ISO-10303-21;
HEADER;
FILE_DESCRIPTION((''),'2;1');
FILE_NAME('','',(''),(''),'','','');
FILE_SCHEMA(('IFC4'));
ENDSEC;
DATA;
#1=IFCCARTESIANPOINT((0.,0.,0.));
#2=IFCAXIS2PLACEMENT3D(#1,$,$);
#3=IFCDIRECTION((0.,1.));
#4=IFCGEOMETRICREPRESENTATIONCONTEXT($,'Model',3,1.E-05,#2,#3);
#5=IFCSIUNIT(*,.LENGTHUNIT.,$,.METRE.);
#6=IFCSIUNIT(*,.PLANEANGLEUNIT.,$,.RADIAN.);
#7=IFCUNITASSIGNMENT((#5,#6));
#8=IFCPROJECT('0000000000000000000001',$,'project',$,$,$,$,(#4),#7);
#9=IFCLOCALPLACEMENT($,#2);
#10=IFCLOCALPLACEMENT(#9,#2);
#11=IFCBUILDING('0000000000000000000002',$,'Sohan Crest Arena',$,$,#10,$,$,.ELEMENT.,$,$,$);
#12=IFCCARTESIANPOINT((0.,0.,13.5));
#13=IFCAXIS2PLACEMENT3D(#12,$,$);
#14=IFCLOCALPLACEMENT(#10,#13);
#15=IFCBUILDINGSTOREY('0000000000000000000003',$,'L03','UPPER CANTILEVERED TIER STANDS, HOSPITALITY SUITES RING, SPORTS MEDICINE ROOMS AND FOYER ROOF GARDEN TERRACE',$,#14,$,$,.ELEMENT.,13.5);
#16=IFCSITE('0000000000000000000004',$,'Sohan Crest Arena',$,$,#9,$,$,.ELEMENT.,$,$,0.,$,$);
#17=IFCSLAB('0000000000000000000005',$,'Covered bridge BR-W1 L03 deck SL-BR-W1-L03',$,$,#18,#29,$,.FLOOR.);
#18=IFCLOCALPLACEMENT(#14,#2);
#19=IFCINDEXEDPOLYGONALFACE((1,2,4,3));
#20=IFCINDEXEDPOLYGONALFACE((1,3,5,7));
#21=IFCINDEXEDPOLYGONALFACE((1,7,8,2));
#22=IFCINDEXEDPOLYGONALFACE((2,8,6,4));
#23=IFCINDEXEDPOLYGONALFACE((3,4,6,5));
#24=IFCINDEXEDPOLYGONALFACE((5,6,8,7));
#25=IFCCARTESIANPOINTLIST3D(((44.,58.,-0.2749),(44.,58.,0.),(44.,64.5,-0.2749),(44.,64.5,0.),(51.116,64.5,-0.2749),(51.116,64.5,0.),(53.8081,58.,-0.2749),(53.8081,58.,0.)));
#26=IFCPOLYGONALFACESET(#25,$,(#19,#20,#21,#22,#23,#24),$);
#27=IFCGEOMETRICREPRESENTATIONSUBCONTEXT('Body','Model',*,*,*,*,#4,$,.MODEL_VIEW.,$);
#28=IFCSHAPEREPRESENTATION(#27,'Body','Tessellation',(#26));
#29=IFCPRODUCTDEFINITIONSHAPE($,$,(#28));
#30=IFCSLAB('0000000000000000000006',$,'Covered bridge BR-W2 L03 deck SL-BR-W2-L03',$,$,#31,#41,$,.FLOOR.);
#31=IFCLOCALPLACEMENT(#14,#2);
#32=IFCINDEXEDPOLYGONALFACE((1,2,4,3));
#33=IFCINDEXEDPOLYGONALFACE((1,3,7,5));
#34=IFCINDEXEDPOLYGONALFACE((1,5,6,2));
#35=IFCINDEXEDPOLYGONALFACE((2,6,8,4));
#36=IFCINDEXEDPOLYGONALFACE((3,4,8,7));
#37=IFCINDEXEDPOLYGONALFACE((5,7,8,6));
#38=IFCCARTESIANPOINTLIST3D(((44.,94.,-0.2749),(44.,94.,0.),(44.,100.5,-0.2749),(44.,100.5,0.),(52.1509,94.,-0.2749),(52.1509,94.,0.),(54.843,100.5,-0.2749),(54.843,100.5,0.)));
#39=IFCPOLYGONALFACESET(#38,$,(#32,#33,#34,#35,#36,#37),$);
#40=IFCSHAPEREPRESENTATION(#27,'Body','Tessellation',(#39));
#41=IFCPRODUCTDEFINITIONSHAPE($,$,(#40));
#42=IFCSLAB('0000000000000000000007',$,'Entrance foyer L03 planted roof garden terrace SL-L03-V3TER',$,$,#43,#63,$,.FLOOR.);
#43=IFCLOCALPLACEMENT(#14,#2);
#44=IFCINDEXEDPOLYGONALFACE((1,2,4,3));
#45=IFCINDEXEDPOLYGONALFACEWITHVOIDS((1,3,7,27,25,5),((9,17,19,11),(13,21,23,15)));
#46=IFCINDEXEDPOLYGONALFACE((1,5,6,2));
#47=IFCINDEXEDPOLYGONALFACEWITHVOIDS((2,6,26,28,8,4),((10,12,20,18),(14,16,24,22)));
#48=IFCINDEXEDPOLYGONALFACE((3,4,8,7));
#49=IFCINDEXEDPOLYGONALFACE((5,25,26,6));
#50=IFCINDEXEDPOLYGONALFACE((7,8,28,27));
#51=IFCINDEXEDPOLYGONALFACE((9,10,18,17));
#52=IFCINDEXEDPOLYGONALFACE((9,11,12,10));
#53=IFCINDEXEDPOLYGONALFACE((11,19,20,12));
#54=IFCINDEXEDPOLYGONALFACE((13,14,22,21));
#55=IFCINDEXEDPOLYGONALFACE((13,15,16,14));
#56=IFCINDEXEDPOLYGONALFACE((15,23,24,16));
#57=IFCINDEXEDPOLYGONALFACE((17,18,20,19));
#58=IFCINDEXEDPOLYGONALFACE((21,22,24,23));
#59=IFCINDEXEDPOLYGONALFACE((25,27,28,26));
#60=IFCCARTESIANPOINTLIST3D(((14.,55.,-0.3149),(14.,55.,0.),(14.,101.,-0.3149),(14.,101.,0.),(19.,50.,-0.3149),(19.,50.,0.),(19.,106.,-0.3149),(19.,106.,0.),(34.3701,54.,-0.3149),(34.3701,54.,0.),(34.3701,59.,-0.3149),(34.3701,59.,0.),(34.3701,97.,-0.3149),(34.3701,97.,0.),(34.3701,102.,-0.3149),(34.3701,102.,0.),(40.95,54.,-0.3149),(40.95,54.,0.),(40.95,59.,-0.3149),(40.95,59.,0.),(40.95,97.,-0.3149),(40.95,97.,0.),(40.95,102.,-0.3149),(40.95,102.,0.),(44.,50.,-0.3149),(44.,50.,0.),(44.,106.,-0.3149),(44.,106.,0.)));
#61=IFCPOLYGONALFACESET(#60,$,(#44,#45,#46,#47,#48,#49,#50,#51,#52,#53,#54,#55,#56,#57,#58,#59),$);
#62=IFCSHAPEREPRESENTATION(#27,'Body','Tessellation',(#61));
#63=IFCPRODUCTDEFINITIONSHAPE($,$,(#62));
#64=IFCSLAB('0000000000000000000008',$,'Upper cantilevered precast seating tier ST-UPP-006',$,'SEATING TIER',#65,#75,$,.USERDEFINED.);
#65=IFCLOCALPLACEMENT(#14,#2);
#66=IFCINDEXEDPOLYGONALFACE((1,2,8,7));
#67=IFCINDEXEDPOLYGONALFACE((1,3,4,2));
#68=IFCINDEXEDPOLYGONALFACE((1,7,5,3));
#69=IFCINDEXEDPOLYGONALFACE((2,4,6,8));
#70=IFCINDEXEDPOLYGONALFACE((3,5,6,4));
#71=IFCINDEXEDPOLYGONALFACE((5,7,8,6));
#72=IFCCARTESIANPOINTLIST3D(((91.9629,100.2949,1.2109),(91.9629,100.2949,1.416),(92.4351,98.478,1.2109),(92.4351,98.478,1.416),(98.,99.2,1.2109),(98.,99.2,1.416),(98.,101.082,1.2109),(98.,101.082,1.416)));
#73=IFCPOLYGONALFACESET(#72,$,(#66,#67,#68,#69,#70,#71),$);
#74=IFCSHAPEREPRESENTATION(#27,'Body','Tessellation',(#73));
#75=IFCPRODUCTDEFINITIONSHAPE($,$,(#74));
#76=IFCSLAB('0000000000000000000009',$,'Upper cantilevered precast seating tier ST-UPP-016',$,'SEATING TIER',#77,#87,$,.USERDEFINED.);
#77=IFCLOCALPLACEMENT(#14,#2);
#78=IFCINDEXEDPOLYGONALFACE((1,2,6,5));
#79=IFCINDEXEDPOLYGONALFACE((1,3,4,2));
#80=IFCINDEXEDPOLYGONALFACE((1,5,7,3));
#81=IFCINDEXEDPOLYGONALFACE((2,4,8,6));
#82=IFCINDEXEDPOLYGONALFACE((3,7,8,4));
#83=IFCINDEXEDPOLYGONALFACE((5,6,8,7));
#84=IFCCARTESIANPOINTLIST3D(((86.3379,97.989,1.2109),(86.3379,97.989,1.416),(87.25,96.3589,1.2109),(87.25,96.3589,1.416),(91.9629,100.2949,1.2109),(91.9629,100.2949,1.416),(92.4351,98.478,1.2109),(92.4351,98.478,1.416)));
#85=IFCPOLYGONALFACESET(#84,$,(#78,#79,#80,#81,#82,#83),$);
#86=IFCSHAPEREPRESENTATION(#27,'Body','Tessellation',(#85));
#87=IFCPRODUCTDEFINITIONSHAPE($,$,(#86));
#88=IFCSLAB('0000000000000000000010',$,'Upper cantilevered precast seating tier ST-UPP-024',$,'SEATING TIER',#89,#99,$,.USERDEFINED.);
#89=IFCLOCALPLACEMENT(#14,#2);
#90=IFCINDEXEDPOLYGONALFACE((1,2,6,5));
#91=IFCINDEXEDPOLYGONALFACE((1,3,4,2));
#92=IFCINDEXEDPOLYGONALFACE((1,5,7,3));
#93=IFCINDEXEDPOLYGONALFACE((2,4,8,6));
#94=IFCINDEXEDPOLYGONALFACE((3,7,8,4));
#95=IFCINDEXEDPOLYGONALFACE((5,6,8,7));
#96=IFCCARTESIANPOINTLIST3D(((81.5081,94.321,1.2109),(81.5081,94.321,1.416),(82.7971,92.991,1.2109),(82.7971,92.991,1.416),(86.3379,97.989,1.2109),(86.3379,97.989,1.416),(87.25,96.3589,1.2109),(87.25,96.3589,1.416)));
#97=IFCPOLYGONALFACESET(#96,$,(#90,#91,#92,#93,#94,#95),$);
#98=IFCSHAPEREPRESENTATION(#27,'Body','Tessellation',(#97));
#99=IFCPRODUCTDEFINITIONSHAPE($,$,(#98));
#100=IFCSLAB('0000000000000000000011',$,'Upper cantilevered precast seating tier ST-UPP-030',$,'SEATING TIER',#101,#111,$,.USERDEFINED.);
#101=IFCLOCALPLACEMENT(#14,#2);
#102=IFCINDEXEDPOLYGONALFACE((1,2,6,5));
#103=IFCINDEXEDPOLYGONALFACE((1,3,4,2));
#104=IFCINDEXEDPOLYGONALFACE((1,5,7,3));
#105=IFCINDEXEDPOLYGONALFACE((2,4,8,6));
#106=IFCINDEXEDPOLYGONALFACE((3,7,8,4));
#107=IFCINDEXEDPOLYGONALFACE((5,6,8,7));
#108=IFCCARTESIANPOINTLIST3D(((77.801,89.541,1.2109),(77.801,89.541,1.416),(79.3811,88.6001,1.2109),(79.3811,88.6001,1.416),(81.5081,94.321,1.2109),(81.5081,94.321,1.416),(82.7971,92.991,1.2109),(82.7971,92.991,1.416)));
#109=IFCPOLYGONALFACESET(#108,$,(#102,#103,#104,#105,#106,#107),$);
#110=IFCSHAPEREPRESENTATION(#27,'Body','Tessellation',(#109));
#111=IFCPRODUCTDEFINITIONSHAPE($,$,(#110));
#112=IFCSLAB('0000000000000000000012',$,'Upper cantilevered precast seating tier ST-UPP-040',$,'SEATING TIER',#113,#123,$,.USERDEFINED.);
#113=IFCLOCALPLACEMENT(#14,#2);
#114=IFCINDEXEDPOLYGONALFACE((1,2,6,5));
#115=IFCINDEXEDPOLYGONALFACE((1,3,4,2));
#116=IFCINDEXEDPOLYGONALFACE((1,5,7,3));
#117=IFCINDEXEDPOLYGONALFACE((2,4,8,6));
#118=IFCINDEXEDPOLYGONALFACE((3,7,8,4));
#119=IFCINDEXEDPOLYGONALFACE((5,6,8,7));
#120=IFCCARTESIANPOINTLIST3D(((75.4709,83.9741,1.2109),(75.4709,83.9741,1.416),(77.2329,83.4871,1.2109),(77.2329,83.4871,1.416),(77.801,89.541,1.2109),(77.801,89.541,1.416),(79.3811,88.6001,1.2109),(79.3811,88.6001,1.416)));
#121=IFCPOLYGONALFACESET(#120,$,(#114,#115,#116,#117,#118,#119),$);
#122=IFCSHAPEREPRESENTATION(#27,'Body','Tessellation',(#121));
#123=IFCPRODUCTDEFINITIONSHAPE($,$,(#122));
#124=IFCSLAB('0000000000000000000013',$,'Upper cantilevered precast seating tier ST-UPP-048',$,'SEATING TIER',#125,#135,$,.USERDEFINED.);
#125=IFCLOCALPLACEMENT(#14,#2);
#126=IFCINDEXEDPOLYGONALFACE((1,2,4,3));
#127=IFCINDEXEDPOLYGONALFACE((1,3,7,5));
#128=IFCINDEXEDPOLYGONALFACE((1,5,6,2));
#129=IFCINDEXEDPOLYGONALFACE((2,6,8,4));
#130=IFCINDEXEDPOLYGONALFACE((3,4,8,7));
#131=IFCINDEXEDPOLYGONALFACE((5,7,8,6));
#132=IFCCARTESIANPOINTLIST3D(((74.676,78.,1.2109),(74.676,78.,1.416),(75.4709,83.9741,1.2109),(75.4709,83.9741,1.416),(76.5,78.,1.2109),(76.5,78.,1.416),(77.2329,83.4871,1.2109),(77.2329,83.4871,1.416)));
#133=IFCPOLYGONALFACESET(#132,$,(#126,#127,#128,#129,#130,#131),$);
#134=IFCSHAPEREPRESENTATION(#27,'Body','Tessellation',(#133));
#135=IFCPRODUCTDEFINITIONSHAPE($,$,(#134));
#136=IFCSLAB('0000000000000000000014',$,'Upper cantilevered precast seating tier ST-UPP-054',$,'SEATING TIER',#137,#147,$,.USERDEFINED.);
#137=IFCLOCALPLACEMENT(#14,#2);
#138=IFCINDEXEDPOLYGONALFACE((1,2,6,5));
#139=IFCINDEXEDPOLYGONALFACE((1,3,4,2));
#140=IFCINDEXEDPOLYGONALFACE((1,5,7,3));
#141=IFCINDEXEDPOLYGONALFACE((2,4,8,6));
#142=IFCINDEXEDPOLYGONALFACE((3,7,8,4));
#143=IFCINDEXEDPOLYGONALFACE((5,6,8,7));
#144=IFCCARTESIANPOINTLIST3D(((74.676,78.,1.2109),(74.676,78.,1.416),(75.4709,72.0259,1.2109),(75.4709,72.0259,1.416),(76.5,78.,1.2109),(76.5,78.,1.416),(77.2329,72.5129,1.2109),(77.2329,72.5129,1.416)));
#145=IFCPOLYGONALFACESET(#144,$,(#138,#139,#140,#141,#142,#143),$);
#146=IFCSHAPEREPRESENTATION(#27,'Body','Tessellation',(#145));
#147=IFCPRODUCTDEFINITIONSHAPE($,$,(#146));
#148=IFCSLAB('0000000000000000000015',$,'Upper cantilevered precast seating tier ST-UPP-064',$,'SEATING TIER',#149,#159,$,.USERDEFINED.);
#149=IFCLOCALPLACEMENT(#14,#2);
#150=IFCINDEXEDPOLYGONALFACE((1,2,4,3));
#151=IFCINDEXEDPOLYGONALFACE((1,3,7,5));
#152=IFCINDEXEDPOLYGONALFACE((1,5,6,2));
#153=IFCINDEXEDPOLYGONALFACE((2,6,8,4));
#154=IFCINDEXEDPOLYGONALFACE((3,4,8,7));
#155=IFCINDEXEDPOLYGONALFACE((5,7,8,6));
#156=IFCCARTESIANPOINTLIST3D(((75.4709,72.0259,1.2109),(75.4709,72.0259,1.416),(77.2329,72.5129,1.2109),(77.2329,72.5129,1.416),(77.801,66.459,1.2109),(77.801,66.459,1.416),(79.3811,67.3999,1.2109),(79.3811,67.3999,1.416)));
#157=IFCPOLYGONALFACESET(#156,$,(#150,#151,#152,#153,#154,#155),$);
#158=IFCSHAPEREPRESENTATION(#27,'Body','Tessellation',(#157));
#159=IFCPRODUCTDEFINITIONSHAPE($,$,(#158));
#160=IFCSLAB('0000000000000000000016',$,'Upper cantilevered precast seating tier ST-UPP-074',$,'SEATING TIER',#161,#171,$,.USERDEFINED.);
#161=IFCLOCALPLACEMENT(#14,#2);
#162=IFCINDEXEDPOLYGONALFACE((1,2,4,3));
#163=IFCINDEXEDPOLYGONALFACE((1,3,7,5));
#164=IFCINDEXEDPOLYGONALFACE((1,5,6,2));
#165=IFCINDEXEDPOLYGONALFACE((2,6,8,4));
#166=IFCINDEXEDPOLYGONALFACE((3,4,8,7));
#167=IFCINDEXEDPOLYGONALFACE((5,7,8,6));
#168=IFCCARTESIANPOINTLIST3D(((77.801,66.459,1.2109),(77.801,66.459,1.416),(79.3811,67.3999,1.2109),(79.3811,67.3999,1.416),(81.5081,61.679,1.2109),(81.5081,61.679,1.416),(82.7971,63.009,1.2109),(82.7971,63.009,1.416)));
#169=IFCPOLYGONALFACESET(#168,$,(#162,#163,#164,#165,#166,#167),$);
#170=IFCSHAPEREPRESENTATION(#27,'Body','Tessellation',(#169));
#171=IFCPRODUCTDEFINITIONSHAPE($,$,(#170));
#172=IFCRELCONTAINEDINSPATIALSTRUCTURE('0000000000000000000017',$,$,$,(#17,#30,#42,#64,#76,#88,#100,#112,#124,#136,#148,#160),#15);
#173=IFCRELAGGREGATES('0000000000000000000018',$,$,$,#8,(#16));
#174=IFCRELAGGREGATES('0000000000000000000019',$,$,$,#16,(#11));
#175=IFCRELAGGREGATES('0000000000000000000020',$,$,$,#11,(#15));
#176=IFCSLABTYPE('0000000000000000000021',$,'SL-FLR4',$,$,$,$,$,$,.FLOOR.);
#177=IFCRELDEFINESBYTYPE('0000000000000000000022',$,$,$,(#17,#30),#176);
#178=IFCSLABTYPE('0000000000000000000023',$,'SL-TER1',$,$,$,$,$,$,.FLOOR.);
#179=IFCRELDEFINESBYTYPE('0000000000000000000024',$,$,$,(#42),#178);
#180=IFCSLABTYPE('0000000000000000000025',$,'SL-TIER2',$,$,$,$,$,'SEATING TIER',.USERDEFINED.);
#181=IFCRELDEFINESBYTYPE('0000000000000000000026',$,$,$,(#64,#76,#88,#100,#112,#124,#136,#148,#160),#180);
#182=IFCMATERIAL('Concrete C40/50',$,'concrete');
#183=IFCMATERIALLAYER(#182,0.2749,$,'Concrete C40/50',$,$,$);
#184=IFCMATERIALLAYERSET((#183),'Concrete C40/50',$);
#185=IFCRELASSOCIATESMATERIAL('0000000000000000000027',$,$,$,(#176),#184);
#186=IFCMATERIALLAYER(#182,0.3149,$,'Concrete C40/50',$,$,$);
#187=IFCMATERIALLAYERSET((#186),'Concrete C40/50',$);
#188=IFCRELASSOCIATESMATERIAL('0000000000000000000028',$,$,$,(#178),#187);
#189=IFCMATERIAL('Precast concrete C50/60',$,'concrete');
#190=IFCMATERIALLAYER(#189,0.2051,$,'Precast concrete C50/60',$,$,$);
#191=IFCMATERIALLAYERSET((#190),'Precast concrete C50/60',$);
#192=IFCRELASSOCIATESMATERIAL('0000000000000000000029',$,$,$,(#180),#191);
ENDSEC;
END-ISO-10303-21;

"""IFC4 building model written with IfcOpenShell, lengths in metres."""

from ifc_helpers import new_model, si_unit, direction, frame, origin, place, context, subcontext, project, spatial, polyline, outline, extrude, material, layer, layer_set, type_object, element, save


model = new_model("IFC4")

# Units and contexts
model_context = context("Model", 3, precision=1e-05, world=origin(), true_north=direction((0.0, 1.0)))
body_context = subcontext(model_context, "Body", "Model", "MODEL_VIEW")
ifc_project = project(units=[si_unit("LENGTHUNIT", "METRE"), si_unit("PLANEANGLEUNIT", "RADIAN")], contexts=[model_context])

# Site, building, storey
site_placement = place(None, origin())
site = spatial("IfcSite", under=ifc_project, at=site_placement, Name="Sohan Crest Arena", CompositionType="ELEMENT", RefElevation=0.0)
building_placement = place(site_placement, origin())
building = spatial("IfcBuilding", under=site, at=building_placement, Name="Sohan Crest Arena", CompositionType="ELEMENT")
storey_placement = place(building_placement, frame((0.0, 0.0, 13.5)))
storey = spatial("IfcBuildingStorey", under=building, at=storey_placement, Name="L03", Description="UPPER CANTILEVERED TIER STANDS, HOSPITALITY SUITES RING, SPORTS MEDICINE ROOMS AND FOYER ROOF GARDEN TERRACE", CompositionType="ELEMENT", Elevation=13.5)

# Slabs
ifc_material_1 = material(Name="Concrete C40/50", Category="concrete")
ifc_layer_1 = layer(ifc_material_1, 0.2749, Name="Concrete C40/50")
ifc_layer_set_1 = layer_set([ifc_layer_1], Name="Concrete C40/50")
slab_type_1 = type_object("IfcSlabType", Name="SL-FLR4", PredefinedType="FLOOR", material=ifc_layer_set_1)
slab_1_placement = place(storey_placement, frame((0.0, 0.0, -0.2749)))
element("IfcSlab", 1, at=slab_1_placement, inside=storey, type_object=slab_type_1, Name="Covered bridge BR-W1 L03 deck SL-BR-W1-L03", PredefinedType="FLOOR", context=body_context, shape_type="SweptSolid", body=[
    extrude(outline(polyline([(51.116, 64.5), (53.8081, 58.0), (44.0, 58.0), (44.0, 64.5), (51.116, 64.5)])), origin(), (0.0, 0.0, 1.0), 0.2749),
])
slab_2_placement = place(storey_placement, frame((0.0, 0.0, -0.2749)))
element("IfcSlab", 2, at=slab_2_placement, inside=storey, type_object=slab_type_1, Name="Covered bridge BR-W2 L03 deck SL-BR-W2-L03", PredefinedType="FLOOR", context=body_context, shape_type="SweptSolid", body=[
    extrude(outline(polyline([(54.843, 100.5), (52.1509, 94.0), (44.0, 94.0), (44.0, 100.5), (54.843, 100.5)])), origin(), (0.0, 0.0, 1.0), 0.2749),
])
ifc_layer_2 = layer(ifc_material_1, 0.3149, Name="Concrete C40/50")
ifc_layer_set_2 = layer_set([ifc_layer_2], Name="Concrete C40/50")
slab_type_2 = type_object("IfcSlabType", Name="SL-TER1", PredefinedType="FLOOR", material=ifc_layer_set_2)
slab_3_placement = place(storey_placement, frame((0.0, 0.0, -0.3149)))
element("IfcSlab", 3, at=slab_3_placement, inside=storey, type_object=slab_type_2, Name="Entrance foyer L03 planted roof garden terrace SL-L03-V3TER", PredefinedType="FLOOR", context=body_context, shape_type="SweptSolid", body=[
    extrude(outline(polyline([(14.0, 101.0), (19.0, 106.0), (44.0, 106.0), (44.0, 50.0), (19.0, 50.0), (14.0, 55.0), (14.0, 101.0)]), holes=[polyline([(34.3701, 59.0), (34.3701, 54.0), (40.95, 54.0), (40.95, 59.0), (34.3701, 59.0)]), polyline([(40.95, 102.0), (34.3701, 102.0), (34.3701, 97.0), (40.95, 97.0), (40.95, 102.0)])]), origin(), (0.0, 0.0, 1.0), 0.3149),
])
ifc_material_2 = material(Name="Precast concrete C50/60", Category="concrete")
ifc_layer_3 = layer(ifc_material_2, 0.2051, Name="Precast concrete C50/60")
ifc_layer_set_3 = layer_set([ifc_layer_3], Name="Precast concrete C50/60")
slab_type_3 = type_object("IfcSlabType", Name="SL-TIER2", ElementType="SEATING TIER", PredefinedType="USERDEFINED", material=ifc_layer_set_3)
slab_4_placement = place(storey_placement, frame((0.0, 0.0, 1.2109)))
element("IfcSlab", 4, at=slab_4_placement, inside=storey, type_object=slab_type_3, Name="Upper cantilevered precast seating tier ST-UPP-006", ObjectType="SEATING TIER", PredefinedType="USERDEFINED", context=body_context, shape_type="SweptSolid", body=[
    extrude(outline(polyline([(98.0, 99.2), (92.4351, 98.478), (91.9629, 100.2949), (98.0, 101.082), (98.0, 99.2)])), origin(), (0.0, 0.0, 1.0), 0.2051),
])
slab_5_placement = place(storey_placement, frame((0.0, 0.0, 1.2109)))
element("IfcSlab", 5, at=slab_5_placement, inside=storey, type_object=slab_type_3, Name="Upper cantilevered precast seating tier ST-UPP-016", ObjectType="SEATING TIER", PredefinedType="USERDEFINED", context=body_context, shape_type="SweptSolid", body=[
    extrude(outline(polyline([(92.4351, 98.478), (87.25, 96.3589), (86.3379, 97.989), (91.9629, 100.2949), (92.4351, 98.478)])), origin(), (0.0, 0.0, 1.0), 0.2051),
])
slab_6_placement = place(storey_placement, frame((0.0, 0.0, 1.2109)))
element("IfcSlab", 6, at=slab_6_placement, inside=storey, type_object=slab_type_3, Name="Upper cantilevered precast seating tier ST-UPP-024", ObjectType="SEATING TIER", PredefinedType="USERDEFINED", context=body_context, shape_type="SweptSolid", body=[
    extrude(outline(polyline([(87.25, 96.3589), (82.7971, 92.991), (81.5081, 94.321), (86.3379, 97.989), (87.25, 96.3589)])), origin(), (0.0, 0.0, 1.0), 0.2051),
])
slab_7_placement = place(storey_placement, frame((0.0, 0.0, 1.2109)))
element("IfcSlab", 7, at=slab_7_placement, inside=storey, type_object=slab_type_3, Name="Upper cantilevered precast seating tier ST-UPP-030", ObjectType="SEATING TIER", PredefinedType="USERDEFINED", context=body_context, shape_type="SweptSolid", body=[
    extrude(outline(polyline([(82.7971, 92.991), (79.3811, 88.6001), (77.801, 89.541), (81.5081, 94.321), (82.7971, 92.991)])), origin(), (0.0, 0.0, 1.0), 0.2051),
])
slab_8_placement = place(storey_placement, frame((0.0, 0.0, 1.2109)))
element("IfcSlab", 8, at=slab_8_placement, inside=storey, type_object=slab_type_3, Name="Upper cantilevered precast seating tier ST-UPP-040", ObjectType="SEATING TIER", PredefinedType="USERDEFINED", context=body_context, shape_type="SweptSolid", body=[
    extrude(outline(polyline([(79.3811, 88.6001), (77.2329, 83.4871), (75.4709, 83.9741), (77.801, 89.541), (79.3811, 88.6001)])), origin(), (0.0, 0.0, 1.0), 0.2051),
])
slab_9_placement = place(storey_placement, frame((0.0, 0.0, 1.2109)))
element("IfcSlab", 9, at=slab_9_placement, inside=storey, type_object=slab_type_3, Name="Upper cantilevered precast seating tier ST-UPP-048", ObjectType="SEATING TIER", PredefinedType="USERDEFINED", context=body_context, shape_type="SweptSolid", body=[
    extrude(outline(polyline([(77.2329, 83.4871), (76.5, 78.0), (74.676, 78.0), (75.4709, 83.9741), (77.2329, 83.4871)])), origin(), (0.0, 0.0, 1.0), 0.2051),
])
slab_10_placement = place(storey_placement, frame((0.0, 0.0, 1.2109)))
element("IfcSlab", 10, at=slab_10_placement, inside=storey, type_object=slab_type_3, Name="Upper cantilevered precast seating tier ST-UPP-054", ObjectType="SEATING TIER", PredefinedType="USERDEFINED", context=body_context, shape_type="SweptSolid", body=[
    extrude(outline(polyline([(76.5, 78.0), (77.2329, 72.5129), (75.4709, 72.0259), (74.676, 78.0), (76.5, 78.0)])), origin(), (0.0, 0.0, 1.0), 0.2051),
])
slab_11_placement = place(storey_placement, frame((0.0, 0.0, 1.2109)))
element("IfcSlab", 11, at=slab_11_placement, inside=storey, type_object=slab_type_3, Name="Upper cantilevered precast seating tier ST-UPP-064", ObjectType="SEATING TIER", PredefinedType="USERDEFINED", context=body_context, shape_type="SweptSolid", body=[
    extrude(outline(polyline([(77.2329, 72.5129), (79.3811, 67.3999), (77.801, 66.459), (75.4709, 72.0259), (77.2329, 72.5129)])), origin(), (0.0, 0.0, 1.0), 0.2051),
])
slab_12_placement = place(storey_placement, frame((0.0, 0.0, 1.2109)))
element("IfcSlab", 12, at=slab_12_placement, inside=storey, type_object=slab_type_3, Name="Upper cantilevered precast seating tier ST-UPP-074", ObjectType="SEATING TIER", PredefinedType="USERDEFINED", context=body_context, shape_type="SweptSolid", body=[
    extrude(outline(polyline([(79.3811, 67.3999), (82.7971, 63.009), (81.5081, 61.679), (77.801, 66.459), (79.3811, 67.3999)])), origin(), (0.0, 0.0, 1.0), 0.2051),
])

save(model, "model.ifc")
